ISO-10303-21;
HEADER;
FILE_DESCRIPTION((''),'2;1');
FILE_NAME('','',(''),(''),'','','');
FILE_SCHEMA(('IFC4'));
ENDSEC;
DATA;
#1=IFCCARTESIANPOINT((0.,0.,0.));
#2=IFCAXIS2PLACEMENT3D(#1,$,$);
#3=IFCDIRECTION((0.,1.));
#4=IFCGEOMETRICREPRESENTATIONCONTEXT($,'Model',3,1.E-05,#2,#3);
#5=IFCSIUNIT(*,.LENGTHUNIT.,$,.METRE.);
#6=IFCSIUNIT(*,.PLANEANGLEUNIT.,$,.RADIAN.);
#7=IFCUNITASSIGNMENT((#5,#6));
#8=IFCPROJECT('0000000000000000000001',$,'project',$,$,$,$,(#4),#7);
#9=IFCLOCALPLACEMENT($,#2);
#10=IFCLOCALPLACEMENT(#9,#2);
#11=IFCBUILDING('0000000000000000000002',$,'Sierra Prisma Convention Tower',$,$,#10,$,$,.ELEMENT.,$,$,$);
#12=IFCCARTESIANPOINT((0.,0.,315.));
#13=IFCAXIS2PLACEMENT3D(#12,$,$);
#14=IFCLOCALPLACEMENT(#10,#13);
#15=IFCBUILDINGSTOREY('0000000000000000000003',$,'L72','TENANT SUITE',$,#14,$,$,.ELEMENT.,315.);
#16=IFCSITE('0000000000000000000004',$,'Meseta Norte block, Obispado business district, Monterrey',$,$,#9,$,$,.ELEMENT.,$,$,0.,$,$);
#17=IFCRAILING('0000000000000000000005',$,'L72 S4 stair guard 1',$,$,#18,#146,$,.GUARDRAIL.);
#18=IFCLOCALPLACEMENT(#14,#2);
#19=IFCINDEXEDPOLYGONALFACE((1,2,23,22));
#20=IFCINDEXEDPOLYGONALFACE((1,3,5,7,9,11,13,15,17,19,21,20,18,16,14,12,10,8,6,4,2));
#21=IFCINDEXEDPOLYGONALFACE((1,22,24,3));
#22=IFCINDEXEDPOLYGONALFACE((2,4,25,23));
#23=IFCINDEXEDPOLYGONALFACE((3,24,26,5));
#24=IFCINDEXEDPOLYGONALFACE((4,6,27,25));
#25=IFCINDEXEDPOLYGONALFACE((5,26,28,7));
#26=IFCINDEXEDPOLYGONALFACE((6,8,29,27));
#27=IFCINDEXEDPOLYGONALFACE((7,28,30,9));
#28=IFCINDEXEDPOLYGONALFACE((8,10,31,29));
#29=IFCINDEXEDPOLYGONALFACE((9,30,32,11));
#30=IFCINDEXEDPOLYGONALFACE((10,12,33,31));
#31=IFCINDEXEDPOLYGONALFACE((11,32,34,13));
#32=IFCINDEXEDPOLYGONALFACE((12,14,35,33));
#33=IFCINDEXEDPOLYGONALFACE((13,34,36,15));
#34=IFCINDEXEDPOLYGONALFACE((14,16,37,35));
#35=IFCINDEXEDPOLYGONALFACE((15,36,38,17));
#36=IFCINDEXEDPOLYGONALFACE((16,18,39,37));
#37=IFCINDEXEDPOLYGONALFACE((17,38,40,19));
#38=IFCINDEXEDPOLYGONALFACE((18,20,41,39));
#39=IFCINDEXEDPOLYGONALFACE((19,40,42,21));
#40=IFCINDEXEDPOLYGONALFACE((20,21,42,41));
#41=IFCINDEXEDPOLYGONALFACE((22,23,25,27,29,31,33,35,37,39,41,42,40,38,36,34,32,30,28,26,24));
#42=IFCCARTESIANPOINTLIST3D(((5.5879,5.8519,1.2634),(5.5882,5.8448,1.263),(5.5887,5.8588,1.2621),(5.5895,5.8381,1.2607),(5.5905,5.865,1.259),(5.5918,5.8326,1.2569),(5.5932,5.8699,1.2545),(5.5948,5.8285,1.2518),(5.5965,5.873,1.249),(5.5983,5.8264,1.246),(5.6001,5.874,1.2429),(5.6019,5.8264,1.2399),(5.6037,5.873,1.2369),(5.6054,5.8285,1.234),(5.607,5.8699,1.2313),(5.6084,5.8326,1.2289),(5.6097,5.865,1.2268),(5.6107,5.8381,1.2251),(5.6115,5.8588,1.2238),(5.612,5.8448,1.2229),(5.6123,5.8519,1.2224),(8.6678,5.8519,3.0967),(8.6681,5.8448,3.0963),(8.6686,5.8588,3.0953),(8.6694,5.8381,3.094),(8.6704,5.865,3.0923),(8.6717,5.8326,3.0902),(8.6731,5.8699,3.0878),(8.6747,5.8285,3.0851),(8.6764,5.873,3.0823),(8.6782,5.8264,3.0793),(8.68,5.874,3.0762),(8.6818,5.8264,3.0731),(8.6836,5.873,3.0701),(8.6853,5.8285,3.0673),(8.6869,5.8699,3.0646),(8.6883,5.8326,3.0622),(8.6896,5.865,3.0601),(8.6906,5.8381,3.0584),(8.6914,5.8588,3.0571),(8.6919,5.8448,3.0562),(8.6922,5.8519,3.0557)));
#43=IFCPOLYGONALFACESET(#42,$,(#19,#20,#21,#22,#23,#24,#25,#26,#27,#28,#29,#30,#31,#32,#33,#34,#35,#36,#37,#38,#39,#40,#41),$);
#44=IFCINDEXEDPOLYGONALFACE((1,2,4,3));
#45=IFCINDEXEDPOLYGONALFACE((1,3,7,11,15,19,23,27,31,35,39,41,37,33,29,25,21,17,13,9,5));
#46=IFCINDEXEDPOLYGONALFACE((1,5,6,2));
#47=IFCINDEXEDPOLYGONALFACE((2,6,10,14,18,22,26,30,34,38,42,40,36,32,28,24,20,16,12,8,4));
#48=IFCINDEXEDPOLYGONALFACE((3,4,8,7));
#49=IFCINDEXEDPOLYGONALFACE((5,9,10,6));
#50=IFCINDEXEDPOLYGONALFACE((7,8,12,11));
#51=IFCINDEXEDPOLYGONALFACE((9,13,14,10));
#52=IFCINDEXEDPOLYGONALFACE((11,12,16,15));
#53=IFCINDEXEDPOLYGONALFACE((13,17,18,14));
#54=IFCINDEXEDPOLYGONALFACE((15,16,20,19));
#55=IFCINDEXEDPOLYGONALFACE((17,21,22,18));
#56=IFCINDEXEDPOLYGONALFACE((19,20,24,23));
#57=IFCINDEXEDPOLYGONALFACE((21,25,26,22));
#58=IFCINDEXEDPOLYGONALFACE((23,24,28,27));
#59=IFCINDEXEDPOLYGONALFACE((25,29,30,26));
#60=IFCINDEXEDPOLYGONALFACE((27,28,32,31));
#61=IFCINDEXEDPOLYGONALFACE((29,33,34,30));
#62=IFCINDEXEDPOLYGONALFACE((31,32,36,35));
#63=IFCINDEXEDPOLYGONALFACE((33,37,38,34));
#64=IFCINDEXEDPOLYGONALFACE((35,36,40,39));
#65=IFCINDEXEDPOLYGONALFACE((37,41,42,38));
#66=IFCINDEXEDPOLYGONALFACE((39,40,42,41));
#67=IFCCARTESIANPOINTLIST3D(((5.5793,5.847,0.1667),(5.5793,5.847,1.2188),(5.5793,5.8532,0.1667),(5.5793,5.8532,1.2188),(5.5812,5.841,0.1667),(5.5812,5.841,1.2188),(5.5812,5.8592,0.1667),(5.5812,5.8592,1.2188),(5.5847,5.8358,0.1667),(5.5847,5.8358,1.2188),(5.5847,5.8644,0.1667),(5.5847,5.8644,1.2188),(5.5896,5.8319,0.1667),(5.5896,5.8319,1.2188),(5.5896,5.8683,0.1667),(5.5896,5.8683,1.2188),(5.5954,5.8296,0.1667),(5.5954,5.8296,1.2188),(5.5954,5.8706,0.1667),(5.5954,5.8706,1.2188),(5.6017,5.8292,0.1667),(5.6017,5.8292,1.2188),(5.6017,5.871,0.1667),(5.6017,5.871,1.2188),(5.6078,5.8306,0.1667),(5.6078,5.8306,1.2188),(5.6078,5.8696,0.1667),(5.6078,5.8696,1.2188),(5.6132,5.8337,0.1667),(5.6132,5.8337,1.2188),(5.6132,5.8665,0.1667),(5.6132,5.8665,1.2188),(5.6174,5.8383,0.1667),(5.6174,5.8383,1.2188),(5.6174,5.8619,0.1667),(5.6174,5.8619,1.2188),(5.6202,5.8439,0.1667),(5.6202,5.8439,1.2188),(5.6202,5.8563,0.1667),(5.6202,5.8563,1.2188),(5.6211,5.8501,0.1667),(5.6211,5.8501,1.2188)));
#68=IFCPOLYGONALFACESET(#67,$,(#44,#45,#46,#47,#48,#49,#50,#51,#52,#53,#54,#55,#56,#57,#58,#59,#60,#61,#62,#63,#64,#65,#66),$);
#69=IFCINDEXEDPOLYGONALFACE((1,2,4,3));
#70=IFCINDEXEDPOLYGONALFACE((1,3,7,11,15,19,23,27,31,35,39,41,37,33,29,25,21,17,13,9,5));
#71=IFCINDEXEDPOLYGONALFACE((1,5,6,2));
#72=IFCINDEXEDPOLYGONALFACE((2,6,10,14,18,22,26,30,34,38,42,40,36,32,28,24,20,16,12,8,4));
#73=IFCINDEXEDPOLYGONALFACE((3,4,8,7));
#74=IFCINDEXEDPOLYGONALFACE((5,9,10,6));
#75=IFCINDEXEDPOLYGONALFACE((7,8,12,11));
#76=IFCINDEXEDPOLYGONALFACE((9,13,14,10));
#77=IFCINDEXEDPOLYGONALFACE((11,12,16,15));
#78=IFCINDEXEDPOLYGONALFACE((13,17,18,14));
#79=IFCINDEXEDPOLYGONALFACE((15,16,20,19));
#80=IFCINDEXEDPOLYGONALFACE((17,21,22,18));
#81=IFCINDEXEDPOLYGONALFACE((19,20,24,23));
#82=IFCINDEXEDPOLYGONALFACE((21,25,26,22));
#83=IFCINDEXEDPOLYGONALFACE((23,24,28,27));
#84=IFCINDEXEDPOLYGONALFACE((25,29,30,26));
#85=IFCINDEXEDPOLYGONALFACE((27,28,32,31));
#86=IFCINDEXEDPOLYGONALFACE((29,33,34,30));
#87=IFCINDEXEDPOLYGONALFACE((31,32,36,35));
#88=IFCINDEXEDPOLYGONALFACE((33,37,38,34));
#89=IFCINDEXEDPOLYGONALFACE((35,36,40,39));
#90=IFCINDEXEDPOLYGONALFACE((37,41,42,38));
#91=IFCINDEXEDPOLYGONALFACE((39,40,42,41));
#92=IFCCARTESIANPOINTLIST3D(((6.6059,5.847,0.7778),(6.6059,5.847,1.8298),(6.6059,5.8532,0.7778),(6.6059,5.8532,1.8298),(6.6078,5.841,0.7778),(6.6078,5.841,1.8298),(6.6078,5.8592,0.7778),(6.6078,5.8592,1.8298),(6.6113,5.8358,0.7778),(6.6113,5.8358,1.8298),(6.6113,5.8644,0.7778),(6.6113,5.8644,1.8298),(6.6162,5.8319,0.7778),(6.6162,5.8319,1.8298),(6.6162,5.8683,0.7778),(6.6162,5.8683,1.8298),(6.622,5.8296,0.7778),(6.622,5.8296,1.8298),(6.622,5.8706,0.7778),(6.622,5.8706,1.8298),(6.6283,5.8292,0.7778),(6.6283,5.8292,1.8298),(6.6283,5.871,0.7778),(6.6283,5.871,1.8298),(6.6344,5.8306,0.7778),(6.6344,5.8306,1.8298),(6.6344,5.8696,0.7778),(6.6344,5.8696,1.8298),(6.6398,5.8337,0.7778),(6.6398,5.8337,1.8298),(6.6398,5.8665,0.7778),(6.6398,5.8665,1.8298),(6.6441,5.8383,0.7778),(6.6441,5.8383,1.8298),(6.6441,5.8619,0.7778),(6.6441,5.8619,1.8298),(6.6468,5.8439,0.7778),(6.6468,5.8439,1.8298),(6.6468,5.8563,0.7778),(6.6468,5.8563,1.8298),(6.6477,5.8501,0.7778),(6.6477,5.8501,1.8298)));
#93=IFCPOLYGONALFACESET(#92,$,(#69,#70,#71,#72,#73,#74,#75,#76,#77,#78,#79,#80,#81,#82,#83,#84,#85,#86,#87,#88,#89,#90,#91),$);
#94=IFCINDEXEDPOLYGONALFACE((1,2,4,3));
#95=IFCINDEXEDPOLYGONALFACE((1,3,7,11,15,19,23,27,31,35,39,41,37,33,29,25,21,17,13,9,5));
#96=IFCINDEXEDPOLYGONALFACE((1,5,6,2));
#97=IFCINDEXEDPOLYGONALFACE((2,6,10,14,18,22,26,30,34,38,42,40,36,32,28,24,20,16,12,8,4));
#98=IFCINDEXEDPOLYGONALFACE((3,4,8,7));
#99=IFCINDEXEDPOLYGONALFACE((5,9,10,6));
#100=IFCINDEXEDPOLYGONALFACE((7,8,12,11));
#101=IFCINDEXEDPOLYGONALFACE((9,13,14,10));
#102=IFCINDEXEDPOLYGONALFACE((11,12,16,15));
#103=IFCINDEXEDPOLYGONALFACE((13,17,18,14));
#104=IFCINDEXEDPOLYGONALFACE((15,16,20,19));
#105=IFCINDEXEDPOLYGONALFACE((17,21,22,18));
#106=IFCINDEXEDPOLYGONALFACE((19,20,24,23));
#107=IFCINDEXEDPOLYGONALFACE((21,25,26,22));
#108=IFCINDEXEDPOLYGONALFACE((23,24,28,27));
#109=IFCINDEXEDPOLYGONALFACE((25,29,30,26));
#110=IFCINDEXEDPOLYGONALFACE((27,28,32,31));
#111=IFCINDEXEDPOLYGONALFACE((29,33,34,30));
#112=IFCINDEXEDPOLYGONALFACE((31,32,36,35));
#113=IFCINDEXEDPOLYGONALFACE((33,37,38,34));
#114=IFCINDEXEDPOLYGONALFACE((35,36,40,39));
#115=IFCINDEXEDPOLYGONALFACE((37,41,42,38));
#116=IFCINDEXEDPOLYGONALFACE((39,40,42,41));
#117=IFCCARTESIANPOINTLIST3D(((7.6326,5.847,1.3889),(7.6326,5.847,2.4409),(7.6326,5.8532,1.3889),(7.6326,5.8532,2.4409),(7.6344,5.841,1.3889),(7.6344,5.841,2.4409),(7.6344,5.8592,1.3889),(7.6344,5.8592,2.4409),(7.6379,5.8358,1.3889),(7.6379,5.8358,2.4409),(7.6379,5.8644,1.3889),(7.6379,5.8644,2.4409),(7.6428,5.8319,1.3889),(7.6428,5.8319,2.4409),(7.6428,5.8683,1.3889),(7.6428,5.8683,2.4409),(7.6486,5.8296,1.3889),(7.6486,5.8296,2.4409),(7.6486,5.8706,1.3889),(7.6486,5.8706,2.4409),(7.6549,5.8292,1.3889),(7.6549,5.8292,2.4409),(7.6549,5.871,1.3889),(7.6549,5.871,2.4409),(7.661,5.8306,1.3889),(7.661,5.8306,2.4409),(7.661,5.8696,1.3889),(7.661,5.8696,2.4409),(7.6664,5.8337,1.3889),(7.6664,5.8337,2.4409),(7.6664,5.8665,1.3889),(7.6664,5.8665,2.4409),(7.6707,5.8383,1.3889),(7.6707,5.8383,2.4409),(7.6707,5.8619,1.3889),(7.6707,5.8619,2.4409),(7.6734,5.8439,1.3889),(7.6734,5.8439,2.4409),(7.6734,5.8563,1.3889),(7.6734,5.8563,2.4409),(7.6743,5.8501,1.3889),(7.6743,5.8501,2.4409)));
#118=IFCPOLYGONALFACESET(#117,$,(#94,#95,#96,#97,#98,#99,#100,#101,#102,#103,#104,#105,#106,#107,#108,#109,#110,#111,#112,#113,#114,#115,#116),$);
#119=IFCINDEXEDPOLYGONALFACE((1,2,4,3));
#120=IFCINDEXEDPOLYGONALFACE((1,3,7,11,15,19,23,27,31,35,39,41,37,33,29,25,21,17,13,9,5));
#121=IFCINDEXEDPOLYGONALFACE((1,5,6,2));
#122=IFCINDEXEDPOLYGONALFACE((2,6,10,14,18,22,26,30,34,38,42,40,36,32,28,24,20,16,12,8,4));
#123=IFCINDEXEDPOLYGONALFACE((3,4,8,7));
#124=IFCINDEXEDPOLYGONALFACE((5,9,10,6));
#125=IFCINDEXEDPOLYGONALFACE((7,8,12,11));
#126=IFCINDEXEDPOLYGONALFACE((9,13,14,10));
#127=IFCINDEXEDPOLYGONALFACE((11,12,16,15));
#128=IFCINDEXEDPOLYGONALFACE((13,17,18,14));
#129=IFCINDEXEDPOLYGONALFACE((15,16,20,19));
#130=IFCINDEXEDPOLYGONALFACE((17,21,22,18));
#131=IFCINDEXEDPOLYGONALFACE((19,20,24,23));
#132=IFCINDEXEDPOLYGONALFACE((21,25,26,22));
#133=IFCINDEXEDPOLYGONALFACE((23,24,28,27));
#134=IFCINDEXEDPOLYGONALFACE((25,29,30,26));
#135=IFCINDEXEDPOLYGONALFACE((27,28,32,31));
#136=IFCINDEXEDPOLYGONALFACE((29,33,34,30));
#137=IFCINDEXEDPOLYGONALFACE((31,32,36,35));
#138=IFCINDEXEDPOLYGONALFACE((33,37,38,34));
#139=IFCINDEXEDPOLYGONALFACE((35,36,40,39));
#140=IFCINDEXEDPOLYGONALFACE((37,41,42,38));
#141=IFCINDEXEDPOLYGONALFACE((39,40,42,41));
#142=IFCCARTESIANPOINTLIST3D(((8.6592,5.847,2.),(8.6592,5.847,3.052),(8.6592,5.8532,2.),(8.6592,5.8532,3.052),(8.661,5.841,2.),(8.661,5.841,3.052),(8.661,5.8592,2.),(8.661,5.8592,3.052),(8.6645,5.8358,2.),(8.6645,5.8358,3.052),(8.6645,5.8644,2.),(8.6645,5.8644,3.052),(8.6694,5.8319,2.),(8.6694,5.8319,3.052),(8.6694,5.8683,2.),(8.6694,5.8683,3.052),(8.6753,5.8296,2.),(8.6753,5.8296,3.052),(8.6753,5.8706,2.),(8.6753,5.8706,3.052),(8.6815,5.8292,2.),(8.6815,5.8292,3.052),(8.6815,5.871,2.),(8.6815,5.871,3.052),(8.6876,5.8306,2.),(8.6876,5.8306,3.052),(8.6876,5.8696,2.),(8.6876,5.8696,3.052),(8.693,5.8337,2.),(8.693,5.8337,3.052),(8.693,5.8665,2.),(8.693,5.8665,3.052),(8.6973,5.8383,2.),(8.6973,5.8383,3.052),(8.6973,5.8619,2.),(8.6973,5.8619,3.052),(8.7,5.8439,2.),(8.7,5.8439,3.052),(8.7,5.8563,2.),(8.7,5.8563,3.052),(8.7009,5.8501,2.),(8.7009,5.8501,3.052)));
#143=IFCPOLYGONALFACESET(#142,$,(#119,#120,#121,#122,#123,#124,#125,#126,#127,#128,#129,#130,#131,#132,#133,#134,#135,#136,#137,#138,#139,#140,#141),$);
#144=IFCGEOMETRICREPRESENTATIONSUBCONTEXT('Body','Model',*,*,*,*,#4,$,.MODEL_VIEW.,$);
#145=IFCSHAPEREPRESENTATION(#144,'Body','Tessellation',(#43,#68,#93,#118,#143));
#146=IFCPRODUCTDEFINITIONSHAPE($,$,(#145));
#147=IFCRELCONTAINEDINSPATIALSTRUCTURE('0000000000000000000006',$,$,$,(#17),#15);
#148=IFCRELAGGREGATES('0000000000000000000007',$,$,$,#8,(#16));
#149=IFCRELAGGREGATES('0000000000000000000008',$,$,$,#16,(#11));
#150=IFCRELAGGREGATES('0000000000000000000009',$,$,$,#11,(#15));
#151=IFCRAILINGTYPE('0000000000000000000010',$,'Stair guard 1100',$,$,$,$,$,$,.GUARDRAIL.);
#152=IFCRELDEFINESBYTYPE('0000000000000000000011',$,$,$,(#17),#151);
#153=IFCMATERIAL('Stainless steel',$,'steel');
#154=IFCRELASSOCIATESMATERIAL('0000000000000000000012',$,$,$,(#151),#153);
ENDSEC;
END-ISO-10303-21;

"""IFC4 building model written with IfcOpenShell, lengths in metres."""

from ifc_helpers import new_model, si_unit, direction, frame, origin, origin_2d, place, context, subcontext, project, spatial, circle, extrude, material, type_object, element, save


model = new_model("IFC4")

# Units and contexts
model_context = context("Model", 3, precision=1e-05, world=origin(), true_north=direction((0.0, 1.0)))
body_context = subcontext(model_context, "Body", "Model", "MODEL_VIEW")
ifc_project = project(units=[si_unit("LENGTHUNIT", "METRE"), si_unit("PLANEANGLEUNIT", "RADIAN")], contexts=[model_context])

# Site, building, storey
site_placement = place(None, origin())
site = spatial("IfcSite", under=ifc_project, at=site_placement, Name="Meseta Norte block, Obispado business district, Monterrey", CompositionType="ELEMENT", RefElevation=0.0)
building_placement = place(site_placement, origin())
building = spatial("IfcBuilding", under=site, at=building_placement, Name="Sierra Prisma Convention Tower", CompositionType="ELEMENT")
storey_placement = place(building_placement, frame((0.0, 0.0, 315.0)))
storey = spatial("IfcBuildingStorey", under=building, at=storey_placement, Name="L72", Description="TENANT SUITE", CompositionType="ELEMENT", Elevation=315.0)

# Railing
ifc_material_1 = material(Name="Stainless steel", Category="steel")
railing_type_1 = type_object("IfcRailingType", Name="Stair guard 1100", PredefinedType="GUARDRAIL", material=ifc_material_1)
railing_1_placement = place(storey_placement, frame((5.6001, 5.8501, 0.1667)))
element("IfcRailing", 1, at=railing_1_placement, inside=storey, type_object=railing_type_1, Name="L72 S4 stair guard 1", PredefinedType="GUARDRAIL", context=body_context, shape_type="SweptSolid", body=[
    extrude(circle(Radius=0.0239, at=origin_2d()), frame((0.0, 0.0, 1.0762), z_axis=(0.859291, 0.0, 0.511487), x_axis=(0.0, 1.0, 0.0)), (0.0, 0.0, 1.0), 3.5842),
    extrude(circle(Radius=0.021, at=origin_2d()), origin(), (0.0, 0.0, 1.0), 1.052),
    extrude(circle(Radius=0.021, at=origin_2d()), frame((1.0266, 0.0, 0.6111)), (0.0, 0.0, 1.0), 1.052),
    extrude(circle(Radius=0.021, at=origin_2d()), frame((2.0532, 0.0, 1.2222)), (0.0, 0.0, 1.0), 1.052),
    extrude(circle(Radius=0.021, at=origin_2d()), frame((3.0798, 0.0, 1.8333)), (0.0, 0.0, 1.0), 1.052),
])

save(model, "model.ifc")
